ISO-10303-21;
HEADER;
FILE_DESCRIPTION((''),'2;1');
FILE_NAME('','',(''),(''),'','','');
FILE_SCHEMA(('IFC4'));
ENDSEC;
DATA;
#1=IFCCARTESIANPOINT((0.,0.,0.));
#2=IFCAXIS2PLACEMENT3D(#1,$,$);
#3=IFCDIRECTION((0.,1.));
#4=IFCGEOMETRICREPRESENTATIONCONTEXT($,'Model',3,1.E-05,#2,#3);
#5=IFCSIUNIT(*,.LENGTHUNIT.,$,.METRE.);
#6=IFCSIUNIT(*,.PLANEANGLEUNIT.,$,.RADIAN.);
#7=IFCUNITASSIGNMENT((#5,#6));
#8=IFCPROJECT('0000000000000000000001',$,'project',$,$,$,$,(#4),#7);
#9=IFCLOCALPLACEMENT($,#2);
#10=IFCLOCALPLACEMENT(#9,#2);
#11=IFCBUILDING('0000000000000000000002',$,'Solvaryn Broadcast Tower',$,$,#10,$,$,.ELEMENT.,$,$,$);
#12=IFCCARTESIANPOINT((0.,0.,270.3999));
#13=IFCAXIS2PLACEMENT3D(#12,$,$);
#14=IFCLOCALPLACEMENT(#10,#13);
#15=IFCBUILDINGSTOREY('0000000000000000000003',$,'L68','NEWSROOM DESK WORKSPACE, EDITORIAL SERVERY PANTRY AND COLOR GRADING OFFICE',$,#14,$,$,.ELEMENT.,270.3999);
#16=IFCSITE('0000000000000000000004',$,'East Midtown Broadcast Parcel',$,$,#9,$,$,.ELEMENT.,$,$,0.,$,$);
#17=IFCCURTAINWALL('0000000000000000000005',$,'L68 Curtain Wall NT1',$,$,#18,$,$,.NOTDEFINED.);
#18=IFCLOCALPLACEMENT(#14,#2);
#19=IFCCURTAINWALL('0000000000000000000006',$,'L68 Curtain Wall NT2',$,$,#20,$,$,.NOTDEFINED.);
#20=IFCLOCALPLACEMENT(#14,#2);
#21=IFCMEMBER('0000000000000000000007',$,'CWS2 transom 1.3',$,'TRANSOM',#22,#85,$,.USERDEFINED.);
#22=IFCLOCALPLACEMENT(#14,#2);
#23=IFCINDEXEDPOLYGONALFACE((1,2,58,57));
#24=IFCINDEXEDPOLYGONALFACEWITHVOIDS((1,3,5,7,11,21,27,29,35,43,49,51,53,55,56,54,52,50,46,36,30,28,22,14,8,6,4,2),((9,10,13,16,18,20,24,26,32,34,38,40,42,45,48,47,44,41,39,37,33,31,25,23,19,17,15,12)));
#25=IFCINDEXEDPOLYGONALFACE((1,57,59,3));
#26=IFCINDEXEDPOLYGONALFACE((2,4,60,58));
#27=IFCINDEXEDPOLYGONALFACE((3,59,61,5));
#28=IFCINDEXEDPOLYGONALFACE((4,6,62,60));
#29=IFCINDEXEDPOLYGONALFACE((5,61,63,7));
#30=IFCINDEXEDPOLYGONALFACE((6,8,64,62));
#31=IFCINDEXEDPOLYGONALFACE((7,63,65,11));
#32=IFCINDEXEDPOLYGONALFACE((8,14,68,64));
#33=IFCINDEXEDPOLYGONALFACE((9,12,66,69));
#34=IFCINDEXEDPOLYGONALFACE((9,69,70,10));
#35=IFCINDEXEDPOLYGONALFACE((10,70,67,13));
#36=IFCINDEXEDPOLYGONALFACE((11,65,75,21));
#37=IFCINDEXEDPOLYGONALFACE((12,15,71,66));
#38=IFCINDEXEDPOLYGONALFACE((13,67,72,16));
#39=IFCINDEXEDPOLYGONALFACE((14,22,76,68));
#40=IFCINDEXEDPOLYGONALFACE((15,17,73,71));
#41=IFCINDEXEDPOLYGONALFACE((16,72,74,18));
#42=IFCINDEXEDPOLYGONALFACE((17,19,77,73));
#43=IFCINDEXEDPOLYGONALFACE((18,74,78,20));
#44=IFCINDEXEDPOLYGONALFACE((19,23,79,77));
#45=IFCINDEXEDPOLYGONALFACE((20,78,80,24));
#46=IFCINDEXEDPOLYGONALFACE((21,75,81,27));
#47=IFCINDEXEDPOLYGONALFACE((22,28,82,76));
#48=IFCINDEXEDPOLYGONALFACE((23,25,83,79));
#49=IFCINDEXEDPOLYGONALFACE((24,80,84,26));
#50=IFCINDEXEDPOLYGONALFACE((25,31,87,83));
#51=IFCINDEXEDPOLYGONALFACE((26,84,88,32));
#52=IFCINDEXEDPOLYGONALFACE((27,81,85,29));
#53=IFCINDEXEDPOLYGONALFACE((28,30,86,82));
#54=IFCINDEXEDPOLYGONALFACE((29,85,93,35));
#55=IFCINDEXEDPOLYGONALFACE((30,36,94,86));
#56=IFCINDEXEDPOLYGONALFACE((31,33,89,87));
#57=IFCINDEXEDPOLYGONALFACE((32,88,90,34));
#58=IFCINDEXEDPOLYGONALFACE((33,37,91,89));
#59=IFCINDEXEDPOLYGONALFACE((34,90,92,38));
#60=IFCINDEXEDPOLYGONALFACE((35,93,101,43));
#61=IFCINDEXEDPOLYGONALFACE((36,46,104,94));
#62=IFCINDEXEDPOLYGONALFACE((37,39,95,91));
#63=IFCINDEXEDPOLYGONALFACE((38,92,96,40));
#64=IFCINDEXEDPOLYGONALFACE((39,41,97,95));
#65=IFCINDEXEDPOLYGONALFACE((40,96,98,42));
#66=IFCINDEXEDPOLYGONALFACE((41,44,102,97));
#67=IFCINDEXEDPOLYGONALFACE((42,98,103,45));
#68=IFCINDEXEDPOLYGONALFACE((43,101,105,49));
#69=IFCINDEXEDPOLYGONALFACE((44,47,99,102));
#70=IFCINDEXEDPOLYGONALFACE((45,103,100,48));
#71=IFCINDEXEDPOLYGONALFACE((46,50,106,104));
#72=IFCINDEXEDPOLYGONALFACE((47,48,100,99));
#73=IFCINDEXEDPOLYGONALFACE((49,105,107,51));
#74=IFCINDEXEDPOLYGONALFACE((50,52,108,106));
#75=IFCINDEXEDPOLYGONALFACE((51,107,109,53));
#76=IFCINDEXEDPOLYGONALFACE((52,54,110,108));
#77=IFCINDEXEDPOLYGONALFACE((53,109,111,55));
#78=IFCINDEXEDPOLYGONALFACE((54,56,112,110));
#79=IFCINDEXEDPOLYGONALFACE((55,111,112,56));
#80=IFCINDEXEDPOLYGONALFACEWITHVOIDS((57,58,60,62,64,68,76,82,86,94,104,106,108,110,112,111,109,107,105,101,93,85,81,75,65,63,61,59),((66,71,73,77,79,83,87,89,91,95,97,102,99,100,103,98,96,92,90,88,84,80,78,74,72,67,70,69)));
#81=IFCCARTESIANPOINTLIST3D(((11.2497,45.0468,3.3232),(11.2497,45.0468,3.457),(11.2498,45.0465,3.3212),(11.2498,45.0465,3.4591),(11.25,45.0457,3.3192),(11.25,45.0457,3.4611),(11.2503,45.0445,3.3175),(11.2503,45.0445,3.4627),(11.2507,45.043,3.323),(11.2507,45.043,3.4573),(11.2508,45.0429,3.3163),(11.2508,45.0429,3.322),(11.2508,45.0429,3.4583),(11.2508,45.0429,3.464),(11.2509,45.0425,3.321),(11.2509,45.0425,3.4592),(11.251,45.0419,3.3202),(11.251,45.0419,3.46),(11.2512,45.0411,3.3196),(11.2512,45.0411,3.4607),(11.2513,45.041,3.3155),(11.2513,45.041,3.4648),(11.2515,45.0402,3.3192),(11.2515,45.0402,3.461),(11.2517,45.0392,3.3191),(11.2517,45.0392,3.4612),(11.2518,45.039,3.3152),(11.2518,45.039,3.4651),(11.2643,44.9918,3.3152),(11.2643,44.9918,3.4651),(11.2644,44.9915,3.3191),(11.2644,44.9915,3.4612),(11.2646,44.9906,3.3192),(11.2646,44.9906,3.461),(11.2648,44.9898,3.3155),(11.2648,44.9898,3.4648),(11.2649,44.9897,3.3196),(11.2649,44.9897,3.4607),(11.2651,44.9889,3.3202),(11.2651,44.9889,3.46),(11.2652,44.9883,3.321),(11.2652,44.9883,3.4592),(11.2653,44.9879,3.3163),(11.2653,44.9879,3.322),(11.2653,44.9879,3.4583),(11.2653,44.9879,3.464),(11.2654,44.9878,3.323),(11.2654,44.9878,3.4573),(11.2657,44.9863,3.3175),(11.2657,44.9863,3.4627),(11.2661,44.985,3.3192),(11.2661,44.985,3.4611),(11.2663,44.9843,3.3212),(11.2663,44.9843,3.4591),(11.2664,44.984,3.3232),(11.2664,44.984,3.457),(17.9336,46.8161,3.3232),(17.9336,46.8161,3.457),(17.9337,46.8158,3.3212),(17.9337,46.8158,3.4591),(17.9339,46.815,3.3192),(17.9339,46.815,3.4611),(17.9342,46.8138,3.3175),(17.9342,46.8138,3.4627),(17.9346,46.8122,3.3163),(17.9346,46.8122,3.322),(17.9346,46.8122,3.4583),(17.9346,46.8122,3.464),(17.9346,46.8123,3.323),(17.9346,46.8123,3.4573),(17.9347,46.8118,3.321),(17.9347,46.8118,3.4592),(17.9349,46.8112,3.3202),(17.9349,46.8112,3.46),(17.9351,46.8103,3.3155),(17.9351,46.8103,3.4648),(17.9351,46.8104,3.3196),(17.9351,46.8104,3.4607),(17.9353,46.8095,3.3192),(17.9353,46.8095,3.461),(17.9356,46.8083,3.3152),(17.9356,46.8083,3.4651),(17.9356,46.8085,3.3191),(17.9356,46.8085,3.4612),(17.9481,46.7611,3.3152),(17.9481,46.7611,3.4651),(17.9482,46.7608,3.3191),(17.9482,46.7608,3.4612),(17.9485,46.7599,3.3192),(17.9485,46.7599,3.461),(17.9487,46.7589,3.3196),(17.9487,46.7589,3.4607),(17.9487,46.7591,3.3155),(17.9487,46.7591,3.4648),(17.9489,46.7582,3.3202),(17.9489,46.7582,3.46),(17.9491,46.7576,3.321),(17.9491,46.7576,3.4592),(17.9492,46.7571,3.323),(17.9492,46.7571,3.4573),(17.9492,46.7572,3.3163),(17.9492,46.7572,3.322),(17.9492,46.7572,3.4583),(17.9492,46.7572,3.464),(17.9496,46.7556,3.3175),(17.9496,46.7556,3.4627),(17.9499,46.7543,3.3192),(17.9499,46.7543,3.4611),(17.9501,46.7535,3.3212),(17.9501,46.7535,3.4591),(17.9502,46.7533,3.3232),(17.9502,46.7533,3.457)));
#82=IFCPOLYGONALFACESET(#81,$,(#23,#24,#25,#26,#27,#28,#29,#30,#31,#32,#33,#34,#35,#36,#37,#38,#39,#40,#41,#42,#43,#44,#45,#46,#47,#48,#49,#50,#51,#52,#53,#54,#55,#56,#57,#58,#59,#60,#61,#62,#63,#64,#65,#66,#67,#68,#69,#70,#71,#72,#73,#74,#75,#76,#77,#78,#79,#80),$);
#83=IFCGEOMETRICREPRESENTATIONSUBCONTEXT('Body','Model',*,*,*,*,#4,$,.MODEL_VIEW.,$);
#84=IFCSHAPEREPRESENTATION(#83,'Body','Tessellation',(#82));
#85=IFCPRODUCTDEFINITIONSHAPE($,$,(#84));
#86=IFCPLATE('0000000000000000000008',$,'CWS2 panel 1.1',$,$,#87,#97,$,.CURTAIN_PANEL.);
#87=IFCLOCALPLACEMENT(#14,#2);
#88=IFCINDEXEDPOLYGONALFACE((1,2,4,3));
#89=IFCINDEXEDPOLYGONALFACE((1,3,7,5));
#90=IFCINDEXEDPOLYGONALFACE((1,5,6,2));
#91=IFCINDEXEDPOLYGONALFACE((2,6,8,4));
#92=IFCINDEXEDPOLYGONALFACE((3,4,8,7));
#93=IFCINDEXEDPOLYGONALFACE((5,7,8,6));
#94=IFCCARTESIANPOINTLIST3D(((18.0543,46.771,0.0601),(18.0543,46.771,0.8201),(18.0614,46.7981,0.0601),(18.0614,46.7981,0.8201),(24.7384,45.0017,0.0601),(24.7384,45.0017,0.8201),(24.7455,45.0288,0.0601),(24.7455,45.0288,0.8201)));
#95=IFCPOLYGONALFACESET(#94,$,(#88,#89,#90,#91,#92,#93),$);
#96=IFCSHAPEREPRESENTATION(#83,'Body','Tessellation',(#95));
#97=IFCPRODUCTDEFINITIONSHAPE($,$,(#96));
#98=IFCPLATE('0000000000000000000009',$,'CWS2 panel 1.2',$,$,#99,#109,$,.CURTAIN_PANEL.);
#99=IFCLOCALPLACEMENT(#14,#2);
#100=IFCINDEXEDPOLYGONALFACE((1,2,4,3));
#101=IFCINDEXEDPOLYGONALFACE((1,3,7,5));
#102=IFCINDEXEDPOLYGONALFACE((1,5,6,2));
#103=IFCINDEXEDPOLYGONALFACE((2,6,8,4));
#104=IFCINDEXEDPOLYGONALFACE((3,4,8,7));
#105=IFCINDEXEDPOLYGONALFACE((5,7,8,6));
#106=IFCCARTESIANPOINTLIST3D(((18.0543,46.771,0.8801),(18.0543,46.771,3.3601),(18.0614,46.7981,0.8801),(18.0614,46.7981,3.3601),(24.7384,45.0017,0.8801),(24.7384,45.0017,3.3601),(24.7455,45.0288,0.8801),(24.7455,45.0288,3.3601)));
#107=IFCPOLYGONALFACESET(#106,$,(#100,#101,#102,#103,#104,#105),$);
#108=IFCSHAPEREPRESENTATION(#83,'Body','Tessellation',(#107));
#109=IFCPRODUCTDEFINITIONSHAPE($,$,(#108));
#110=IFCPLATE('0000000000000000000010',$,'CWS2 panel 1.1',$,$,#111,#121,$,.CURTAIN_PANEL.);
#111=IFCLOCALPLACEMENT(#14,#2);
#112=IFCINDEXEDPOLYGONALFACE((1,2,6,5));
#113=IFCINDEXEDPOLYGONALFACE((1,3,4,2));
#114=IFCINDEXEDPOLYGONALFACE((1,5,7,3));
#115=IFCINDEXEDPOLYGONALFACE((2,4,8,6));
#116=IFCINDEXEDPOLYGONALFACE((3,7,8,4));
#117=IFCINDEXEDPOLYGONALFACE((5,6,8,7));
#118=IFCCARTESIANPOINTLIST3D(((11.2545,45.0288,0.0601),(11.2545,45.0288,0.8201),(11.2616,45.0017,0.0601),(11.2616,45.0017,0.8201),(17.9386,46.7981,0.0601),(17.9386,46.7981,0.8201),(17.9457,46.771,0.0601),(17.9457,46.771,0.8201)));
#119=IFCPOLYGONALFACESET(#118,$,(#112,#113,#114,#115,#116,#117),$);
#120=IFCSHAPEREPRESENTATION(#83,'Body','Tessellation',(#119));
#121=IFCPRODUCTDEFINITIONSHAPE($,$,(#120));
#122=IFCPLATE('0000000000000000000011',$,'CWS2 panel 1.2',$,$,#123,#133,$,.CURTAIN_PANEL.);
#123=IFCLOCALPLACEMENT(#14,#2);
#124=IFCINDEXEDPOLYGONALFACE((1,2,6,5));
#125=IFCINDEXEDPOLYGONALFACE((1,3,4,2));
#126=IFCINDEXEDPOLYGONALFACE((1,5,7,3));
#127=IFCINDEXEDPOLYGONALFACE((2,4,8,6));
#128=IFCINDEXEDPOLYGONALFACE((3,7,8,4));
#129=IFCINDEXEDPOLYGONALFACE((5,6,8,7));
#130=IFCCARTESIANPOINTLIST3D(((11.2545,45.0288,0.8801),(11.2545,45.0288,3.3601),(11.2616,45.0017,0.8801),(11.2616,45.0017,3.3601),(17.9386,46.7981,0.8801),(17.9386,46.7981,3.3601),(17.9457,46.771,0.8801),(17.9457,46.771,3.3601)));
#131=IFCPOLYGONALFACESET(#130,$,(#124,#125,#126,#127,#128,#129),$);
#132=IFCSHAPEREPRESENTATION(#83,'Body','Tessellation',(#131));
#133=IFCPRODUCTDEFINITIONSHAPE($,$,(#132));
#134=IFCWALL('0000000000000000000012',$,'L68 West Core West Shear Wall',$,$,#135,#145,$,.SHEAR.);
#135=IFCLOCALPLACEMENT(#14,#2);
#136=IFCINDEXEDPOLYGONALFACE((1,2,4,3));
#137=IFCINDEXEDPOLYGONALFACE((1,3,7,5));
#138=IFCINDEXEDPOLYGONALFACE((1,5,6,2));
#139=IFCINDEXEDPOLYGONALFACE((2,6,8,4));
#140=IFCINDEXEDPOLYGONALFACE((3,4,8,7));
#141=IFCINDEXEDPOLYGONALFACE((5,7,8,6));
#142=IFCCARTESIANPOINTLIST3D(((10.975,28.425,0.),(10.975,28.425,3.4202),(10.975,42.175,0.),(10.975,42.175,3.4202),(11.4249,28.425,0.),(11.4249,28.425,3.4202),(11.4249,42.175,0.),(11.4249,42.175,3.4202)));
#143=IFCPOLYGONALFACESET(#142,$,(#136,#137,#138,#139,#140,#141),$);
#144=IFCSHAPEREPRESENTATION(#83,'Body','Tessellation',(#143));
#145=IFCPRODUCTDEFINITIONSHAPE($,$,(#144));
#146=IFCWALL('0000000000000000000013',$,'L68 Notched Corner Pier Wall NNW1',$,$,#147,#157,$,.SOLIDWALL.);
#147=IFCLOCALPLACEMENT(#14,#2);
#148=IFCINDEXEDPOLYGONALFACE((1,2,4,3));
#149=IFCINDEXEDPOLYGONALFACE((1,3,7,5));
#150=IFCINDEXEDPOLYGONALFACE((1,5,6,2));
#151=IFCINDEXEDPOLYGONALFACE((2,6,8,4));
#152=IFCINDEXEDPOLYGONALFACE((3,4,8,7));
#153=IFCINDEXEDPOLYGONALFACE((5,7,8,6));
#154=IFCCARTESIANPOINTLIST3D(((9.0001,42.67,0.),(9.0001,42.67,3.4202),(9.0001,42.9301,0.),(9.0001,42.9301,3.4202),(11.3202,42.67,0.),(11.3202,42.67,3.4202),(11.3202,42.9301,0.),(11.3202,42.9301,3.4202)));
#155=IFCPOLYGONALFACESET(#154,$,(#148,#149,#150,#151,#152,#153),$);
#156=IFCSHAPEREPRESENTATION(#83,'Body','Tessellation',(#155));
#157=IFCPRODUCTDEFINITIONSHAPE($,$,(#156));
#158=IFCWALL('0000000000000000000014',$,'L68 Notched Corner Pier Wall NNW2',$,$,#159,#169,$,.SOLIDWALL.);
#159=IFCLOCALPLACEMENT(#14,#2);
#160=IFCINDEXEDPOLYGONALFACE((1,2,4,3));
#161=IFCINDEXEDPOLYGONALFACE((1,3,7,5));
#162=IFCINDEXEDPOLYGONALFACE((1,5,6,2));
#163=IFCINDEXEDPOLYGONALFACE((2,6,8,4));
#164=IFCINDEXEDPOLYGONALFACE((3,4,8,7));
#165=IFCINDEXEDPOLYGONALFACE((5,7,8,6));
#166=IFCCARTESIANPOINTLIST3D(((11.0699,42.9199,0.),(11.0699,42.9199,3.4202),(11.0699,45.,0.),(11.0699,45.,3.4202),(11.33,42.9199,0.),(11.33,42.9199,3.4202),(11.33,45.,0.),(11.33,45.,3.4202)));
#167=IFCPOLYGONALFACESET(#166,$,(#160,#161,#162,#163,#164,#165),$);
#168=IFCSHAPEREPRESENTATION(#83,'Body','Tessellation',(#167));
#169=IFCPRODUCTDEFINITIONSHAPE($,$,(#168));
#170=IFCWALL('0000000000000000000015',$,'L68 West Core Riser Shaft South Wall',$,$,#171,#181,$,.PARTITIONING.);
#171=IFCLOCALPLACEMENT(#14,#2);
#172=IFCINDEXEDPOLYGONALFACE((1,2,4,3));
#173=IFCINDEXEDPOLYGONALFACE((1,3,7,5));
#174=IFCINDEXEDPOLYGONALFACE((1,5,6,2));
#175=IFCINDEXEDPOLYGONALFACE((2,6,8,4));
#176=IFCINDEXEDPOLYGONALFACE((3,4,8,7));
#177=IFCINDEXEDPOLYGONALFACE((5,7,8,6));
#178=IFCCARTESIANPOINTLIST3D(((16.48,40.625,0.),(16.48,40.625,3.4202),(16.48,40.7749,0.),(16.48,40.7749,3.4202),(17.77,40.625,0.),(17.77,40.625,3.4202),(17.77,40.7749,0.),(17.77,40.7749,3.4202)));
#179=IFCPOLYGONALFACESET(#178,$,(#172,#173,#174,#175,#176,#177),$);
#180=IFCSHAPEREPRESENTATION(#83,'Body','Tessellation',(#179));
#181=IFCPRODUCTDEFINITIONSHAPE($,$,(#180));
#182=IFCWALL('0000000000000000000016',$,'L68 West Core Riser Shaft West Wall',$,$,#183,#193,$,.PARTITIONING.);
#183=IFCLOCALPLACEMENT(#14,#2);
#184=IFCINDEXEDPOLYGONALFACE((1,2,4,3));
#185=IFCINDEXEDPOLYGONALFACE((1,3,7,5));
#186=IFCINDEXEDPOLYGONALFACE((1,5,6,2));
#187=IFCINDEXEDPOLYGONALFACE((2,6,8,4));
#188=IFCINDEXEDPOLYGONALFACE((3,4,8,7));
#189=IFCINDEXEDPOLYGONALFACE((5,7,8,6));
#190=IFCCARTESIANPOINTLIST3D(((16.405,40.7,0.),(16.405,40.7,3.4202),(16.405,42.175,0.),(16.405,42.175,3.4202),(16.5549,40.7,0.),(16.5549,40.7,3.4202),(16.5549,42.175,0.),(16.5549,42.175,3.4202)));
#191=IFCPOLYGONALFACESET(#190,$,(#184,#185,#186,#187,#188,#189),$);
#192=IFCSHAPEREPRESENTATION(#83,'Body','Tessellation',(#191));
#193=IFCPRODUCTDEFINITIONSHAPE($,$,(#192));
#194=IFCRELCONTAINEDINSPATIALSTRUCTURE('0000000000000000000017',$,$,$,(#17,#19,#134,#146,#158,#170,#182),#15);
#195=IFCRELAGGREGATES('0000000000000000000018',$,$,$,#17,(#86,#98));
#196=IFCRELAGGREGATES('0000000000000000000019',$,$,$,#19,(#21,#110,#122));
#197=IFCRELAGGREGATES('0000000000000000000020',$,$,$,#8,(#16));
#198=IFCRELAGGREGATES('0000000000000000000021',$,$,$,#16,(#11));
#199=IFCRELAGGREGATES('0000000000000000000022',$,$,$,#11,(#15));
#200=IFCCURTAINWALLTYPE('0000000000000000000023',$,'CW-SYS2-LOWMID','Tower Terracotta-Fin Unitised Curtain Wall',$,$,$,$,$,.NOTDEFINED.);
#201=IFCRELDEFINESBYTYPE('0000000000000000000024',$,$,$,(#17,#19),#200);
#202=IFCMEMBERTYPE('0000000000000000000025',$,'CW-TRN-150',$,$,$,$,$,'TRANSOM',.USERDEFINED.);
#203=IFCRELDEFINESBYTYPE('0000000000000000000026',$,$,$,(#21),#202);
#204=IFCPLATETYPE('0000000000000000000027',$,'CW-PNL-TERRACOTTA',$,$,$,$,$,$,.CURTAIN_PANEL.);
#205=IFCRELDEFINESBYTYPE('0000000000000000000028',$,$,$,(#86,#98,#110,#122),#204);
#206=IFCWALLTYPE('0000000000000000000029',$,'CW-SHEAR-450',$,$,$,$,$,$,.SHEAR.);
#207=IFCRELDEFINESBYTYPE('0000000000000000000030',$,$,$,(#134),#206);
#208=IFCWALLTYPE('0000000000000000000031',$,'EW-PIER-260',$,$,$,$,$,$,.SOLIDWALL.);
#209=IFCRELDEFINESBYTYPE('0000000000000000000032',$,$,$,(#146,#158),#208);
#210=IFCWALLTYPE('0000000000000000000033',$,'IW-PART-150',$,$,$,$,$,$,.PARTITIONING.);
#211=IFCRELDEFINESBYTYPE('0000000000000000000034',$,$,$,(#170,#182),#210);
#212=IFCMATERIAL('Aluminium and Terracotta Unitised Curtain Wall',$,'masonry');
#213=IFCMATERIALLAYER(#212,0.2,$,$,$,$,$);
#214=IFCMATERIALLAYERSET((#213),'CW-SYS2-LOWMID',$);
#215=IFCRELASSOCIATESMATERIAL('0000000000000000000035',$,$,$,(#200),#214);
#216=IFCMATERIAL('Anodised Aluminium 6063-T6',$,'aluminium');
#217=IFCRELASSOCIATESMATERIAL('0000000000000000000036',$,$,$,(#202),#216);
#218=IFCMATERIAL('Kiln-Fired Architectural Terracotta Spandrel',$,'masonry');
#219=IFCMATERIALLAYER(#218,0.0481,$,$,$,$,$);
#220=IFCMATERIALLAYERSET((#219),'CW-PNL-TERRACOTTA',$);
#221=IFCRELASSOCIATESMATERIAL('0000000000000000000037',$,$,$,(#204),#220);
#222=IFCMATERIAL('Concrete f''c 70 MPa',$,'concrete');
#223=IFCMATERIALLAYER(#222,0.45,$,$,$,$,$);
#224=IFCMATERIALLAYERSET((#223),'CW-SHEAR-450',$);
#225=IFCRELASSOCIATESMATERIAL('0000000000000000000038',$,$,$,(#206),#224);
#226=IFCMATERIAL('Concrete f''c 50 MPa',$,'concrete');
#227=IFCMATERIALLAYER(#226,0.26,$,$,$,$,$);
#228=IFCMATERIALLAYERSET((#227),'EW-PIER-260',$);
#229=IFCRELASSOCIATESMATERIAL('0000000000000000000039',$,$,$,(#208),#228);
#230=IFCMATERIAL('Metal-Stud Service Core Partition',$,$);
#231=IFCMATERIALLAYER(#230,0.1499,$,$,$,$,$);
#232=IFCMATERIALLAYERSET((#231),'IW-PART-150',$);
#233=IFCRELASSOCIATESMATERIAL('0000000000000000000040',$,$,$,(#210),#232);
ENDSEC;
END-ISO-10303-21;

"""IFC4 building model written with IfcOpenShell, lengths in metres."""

from ifc_helpers import new_model, si_unit, direction, frame, frame_2d, origin, origin_2d, place, context, subcontext, project, spatial, rectangle, hollow_rectangle, extrude, material, layer, layer_set, material_profile, profile_set, type_object, element, aggregate, save


model = new_model("IFC4")

# Units and contexts
model_context = context("Model", 3, precision=1e-05, world=origin(), true_north=direction((0.0, 1.0)))
body_context = subcontext(model_context, "Body", "Model", "MODEL_VIEW")
ifc_project = project(units=[si_unit("LENGTHUNIT", "METRE"), si_unit("PLANEANGLEUNIT", "RADIAN")], contexts=[model_context])

# Site, building, storey
site_placement = place(None, origin())
site = spatial("IfcSite", under=ifc_project, at=site_placement, Name="East Midtown Broadcast Parcel", CompositionType="ELEMENT", RefElevation=0.0)
building_placement = place(site_placement, origin())
building = spatial("IfcBuilding", under=site, at=building_placement, Name="Solvaryn Broadcast Tower", CompositionType="ELEMENT")
storey_placement = place(building_placement, frame((0.0, 0.0, 270.3999)))
storey = spatial("IfcBuildingStorey", under=building, at=storey_placement, Name="L68", Description="NEWSROOM DESK WORKSPACE, EDITORIAL SERVERY PANTRY AND COLOR GRADING OFFICE", CompositionType="ELEMENT", Elevation=270.3999)

# Curtain wall
ifc_material_1 = material(Name="Aluminium and Terracotta Unitised Curtain Wall", Category="masonry")
ifc_layer_1 = layer(ifc_material_1, 0.2)
ifc_layer_set_1 = layer_set([ifc_layer_1], Name="CW-SYS2-LOWMID")
curtain_wall_type = type_object("IfcCurtainWallType", Name="CW-SYS2-LOWMID", Description="Tower Terracotta-Fin Unitised Curtain Wall", PredefinedType="NOTDEFINED", material=ifc_layer_set_1)
curtain_wall_1_placement = place(storey_placement, origin())
curtain_wall_1 = element("IfcCurtainWall", 1, at=curtain_wall_1_placement, inside=storey, type_object=curtain_wall_type, Name="L68 Curtain Wall NT1", PredefinedType="NOTDEFINED")

# Curtain wall
curtain_wall_2_placement = place(storey_placement, origin())
curtain_wall_2 = element("IfcCurtainWall", 2, at=curtain_wall_2_placement, inside=storey, type_object=curtain_wall_type, Name="L68 Curtain Wall NT2", PredefinedType="NOTDEFINED")

# Member
ifc_material_2 = material(Name="Anodised Aluminium 6063-T6", Category="aluminium")
ifc_material_profile_1 = material_profile(ifc_material_2, hollow_rectangle(XDim=0.0649, YDim=0.1499, WallThickness=0.0039, InnerFilletRadius=0.0039, OuterFilletRadius=0.0081, at=origin_2d()))
ifc_profile_set_1 = profile_set([ifc_material_profile_1], Name="Anodised Aluminium 6063-T6")
member_type_1 = type_object("IfcMemberType", Name="CW-TRN-150", ElementType="TRANSOM", PredefinedType="USERDEFINED", material=ifc_profile_set_1)
member_1_placement = place(storey_placement, frame((17.9419, 46.7847, 3.3901), z_axis=(-0.966704, -0.255897, 0.0), x_axis=(0.255897, -0.966704, 0.0)))
member_1 = element("IfcMember", 3, at=member_1_placement, type_object=member_type_1, Name="CWS2 transom 1.3", ObjectType="TRANSOM", PredefinedType="USERDEFINED", context=body_context, shape_type="SweptSolid", body=[
    extrude(hollow_rectangle(XDim=0.0649, YDim=0.1499, WallThickness=0.0039, InnerFilletRadius=0.0039, OuterFilletRadius=0.0081, at=origin_2d()), origin(), (0.0, 0.0, 1.0), 6.9141),
])

# Plates
ifc_material_3 = material(Name="Kiln-Fired Architectural Terracotta Spandrel", Category="masonry")
ifc_layer_2 = layer(ifc_material_3, 0.0481)
ifc_layer_set_2 = layer_set([ifc_layer_2], Name="CW-PNL-TERRACOTTA")
plate_type = type_object("IfcPlateType", Name="CW-PNL-TERRACOTTA", PredefinedType="CURTAIN_PANEL", material=ifc_layer_set_2)
plate_1_placement = place(storey_placement, frame((21.3999, 45.8999, 0.0601), z_axis=(0.0, 0.0, 1.0), x_axis=(-0.966705, 0.255893, 0.0)))
plate_1 = element("IfcPlate", 4, at=plate_1_placement, type_object=plate_type, Name="CWS2 panel 1.1", PredefinedType="CURTAIN_PANEL", context=body_context, shape_type="SweptSolid", body=[
    extrude(rectangle(XDim=6.9143, YDim=0.0281, at=origin_2d()), origin(), (0.0, 0.0, 1.0), 0.76),
])
plate_2_placement = place(storey_placement, frame((21.3999, 45.8999, 0.8801), z_axis=(0.0, 0.0, 1.0), x_axis=(-0.966705, 0.255893, 0.0)))
plate_2 = element("IfcPlate", 5, at=plate_2_placement, type_object=plate_type, Name="CWS2 panel 1.2", PredefinedType="CURTAIN_PANEL", context=body_context, shape_type="SweptSolid", body=[
    extrude(rectangle(XDim=6.9143, YDim=0.0281, at=origin_2d()), origin(), (0.0, 0.0, 1.0), 2.48),
])
aggregate(curtain_wall_1, [plate_1, plate_2])
plate_3_placement = place(storey_placement, frame((14.6001, 45.8999, 0.0601), z_axis=(0.0, 0.0, 1.0), x_axis=(-0.966705, -0.255893, 0.0)))
plate_3 = element("IfcPlate", 6, at=plate_3_placement, type_object=plate_type, Name="CWS2 panel 1.1", PredefinedType="CURTAIN_PANEL", context=body_context, shape_type="SweptSolid", body=[
    extrude(rectangle(XDim=6.9143, YDim=0.0281, at=origin_2d()), origin(), (0.0, 0.0, 1.0), 0.76),
])
plate_4_placement = place(storey_placement, frame((14.6001, 45.8999, 0.8801), z_axis=(0.0, 0.0, 1.0), x_axis=(-0.966705, -0.255893, 0.0)))
plate_4 = element("IfcPlate", 7, at=plate_4_placement, type_object=plate_type, Name="CWS2 panel 1.2", PredefinedType="CURTAIN_PANEL", context=body_context, shape_type="SweptSolid", body=[
    extrude(rectangle(XDim=6.9143, YDim=0.0281, at=origin_2d()), origin(), (0.0, 0.0, 1.0), 2.48),
])
aggregate(curtain_wall_2, [member_1, plate_3, plate_4])

# Walls
ifc_material_4 = material(Name="Concrete f'c 70 MPa", Category="concrete")
ifc_layer_3 = layer(ifc_material_4, 0.45)
ifc_layer_set_3 = layer_set([ifc_layer_3], Name="CW-SHEAR-450")
wall_type_1 = type_object("IfcWallType", Name="CW-SHEAR-450", PredefinedType="SHEAR", material=ifc_layer_set_3)
wall_1_placement = place(storey_placement, frame((11.2, 42.175, 0.0), z_axis=(0.0, 0.0, 1.0), x_axis=(0.0, -1.0, 0.0)))
element("IfcWall", 8, at=wall_1_placement, inside=storey, type_object=wall_type_1, Name="L68 West Core West Shear Wall", PredefinedType="SHEAR", context=body_context, shape_type="SweptSolid", body=[
    extrude(rectangle(XDim=13.75, YDim=0.45, at=frame_2d((6.875, 0.0))), origin(), (0.0, 0.0, 1.0), 3.4202),
])
ifc_material_5 = material(Name="Concrete f'c 50 MPa", Category="concrete")
ifc_layer_4 = layer(ifc_material_5, 0.26)
ifc_layer_set_4 = layer_set([ifc_layer_4], Name="EW-PIER-260")
wall_type_2 = type_object("IfcWallType", Name="EW-PIER-260", PredefinedType="SOLIDWALL", material=ifc_layer_set_4)
wall_2_placement = place(storey_placement, frame((9.0, 42.8, 0.0), z_axis=(0.0, 0.0, 1.0), x_axis=(1.0, 0.0, 0.0)))
element("IfcWall", 9, at=wall_2_placement, inside=storey, type_object=wall_type_2, Name="L68 Notched Corner Pier Wall NNW1", PredefinedType="SOLIDWALL", context=body_context, shape_type="SweptSolid", body=[
    extrude(rectangle(XDim=2.3201, YDim=0.26, at=frame_2d((1.1602, 0.0))), origin(), (0.0, 0.0, 1.0), 3.4202),
])
wall_3_placement = place(storey_placement, frame((11.2, 42.9199, 0.0), z_axis=(0.0, 0.0, 1.0), x_axis=(0.0, 1.0, 0.0)))
element("IfcWall", 10, at=wall_3_placement, inside=storey, type_object=wall_type_2, Name="L68 Notched Corner Pier Wall NNW2", PredefinedType="SOLIDWALL", context=body_context, shape_type="SweptSolid", body=[
    extrude(rectangle(XDim=2.0801, YDim=0.26, at=frame_2d((1.04, 0.0))), origin(), (0.0, 0.0, 1.0), 3.4202),
])
ifc_material_6 = material(Name="Metal-Stud Service Core Partition")
ifc_layer_5 = layer(ifc_material_6, 0.1499)
ifc_layer_set_5 = layer_set([ifc_layer_5], Name="IW-PART-150")
wall_type_3 = type_object("IfcWallType", Name="IW-PART-150", PredefinedType="PARTITIONING", material=ifc_layer_set_5)
wall_4_placement = place(storey_placement, frame((16.48, 40.7, 0.0), z_axis=(0.0, 0.0, 1.0), x_axis=(1.0, 0.0, 0.0)))
element("IfcWall", 11, at=wall_4_placement, inside=storey, type_object=wall_type_3, Name="L68 West Core Riser Shaft South Wall", PredefinedType="PARTITIONING", context=body_context, shape_type="SweptSolid", body=[
    extrude(rectangle(XDim=1.29, YDim=0.1499, at=frame_2d((0.645, 0.0))), origin(), (0.0, 0.0, 1.0), 3.4202),
])
wall_5_placement = place(storey_placement, frame((16.48, 40.7, 0.0), z_axis=(0.0, 0.0, 1.0), x_axis=(0.0, 1.0, 0.0)))
element("IfcWall", 12, at=wall_5_placement, inside=storey, type_object=wall_type_3, Name="L68 West Core Riser Shaft West Wall", PredefinedType="PARTITIONING", context=body_context, shape_type="SweptSolid", body=[
    extrude(rectangle(XDim=1.4751, YDim=0.1499, at=frame_2d((0.7375, 0.0))), origin(), (0.0, 0.0, 1.0), 3.4202),
])

save(model, "model.ifc")
